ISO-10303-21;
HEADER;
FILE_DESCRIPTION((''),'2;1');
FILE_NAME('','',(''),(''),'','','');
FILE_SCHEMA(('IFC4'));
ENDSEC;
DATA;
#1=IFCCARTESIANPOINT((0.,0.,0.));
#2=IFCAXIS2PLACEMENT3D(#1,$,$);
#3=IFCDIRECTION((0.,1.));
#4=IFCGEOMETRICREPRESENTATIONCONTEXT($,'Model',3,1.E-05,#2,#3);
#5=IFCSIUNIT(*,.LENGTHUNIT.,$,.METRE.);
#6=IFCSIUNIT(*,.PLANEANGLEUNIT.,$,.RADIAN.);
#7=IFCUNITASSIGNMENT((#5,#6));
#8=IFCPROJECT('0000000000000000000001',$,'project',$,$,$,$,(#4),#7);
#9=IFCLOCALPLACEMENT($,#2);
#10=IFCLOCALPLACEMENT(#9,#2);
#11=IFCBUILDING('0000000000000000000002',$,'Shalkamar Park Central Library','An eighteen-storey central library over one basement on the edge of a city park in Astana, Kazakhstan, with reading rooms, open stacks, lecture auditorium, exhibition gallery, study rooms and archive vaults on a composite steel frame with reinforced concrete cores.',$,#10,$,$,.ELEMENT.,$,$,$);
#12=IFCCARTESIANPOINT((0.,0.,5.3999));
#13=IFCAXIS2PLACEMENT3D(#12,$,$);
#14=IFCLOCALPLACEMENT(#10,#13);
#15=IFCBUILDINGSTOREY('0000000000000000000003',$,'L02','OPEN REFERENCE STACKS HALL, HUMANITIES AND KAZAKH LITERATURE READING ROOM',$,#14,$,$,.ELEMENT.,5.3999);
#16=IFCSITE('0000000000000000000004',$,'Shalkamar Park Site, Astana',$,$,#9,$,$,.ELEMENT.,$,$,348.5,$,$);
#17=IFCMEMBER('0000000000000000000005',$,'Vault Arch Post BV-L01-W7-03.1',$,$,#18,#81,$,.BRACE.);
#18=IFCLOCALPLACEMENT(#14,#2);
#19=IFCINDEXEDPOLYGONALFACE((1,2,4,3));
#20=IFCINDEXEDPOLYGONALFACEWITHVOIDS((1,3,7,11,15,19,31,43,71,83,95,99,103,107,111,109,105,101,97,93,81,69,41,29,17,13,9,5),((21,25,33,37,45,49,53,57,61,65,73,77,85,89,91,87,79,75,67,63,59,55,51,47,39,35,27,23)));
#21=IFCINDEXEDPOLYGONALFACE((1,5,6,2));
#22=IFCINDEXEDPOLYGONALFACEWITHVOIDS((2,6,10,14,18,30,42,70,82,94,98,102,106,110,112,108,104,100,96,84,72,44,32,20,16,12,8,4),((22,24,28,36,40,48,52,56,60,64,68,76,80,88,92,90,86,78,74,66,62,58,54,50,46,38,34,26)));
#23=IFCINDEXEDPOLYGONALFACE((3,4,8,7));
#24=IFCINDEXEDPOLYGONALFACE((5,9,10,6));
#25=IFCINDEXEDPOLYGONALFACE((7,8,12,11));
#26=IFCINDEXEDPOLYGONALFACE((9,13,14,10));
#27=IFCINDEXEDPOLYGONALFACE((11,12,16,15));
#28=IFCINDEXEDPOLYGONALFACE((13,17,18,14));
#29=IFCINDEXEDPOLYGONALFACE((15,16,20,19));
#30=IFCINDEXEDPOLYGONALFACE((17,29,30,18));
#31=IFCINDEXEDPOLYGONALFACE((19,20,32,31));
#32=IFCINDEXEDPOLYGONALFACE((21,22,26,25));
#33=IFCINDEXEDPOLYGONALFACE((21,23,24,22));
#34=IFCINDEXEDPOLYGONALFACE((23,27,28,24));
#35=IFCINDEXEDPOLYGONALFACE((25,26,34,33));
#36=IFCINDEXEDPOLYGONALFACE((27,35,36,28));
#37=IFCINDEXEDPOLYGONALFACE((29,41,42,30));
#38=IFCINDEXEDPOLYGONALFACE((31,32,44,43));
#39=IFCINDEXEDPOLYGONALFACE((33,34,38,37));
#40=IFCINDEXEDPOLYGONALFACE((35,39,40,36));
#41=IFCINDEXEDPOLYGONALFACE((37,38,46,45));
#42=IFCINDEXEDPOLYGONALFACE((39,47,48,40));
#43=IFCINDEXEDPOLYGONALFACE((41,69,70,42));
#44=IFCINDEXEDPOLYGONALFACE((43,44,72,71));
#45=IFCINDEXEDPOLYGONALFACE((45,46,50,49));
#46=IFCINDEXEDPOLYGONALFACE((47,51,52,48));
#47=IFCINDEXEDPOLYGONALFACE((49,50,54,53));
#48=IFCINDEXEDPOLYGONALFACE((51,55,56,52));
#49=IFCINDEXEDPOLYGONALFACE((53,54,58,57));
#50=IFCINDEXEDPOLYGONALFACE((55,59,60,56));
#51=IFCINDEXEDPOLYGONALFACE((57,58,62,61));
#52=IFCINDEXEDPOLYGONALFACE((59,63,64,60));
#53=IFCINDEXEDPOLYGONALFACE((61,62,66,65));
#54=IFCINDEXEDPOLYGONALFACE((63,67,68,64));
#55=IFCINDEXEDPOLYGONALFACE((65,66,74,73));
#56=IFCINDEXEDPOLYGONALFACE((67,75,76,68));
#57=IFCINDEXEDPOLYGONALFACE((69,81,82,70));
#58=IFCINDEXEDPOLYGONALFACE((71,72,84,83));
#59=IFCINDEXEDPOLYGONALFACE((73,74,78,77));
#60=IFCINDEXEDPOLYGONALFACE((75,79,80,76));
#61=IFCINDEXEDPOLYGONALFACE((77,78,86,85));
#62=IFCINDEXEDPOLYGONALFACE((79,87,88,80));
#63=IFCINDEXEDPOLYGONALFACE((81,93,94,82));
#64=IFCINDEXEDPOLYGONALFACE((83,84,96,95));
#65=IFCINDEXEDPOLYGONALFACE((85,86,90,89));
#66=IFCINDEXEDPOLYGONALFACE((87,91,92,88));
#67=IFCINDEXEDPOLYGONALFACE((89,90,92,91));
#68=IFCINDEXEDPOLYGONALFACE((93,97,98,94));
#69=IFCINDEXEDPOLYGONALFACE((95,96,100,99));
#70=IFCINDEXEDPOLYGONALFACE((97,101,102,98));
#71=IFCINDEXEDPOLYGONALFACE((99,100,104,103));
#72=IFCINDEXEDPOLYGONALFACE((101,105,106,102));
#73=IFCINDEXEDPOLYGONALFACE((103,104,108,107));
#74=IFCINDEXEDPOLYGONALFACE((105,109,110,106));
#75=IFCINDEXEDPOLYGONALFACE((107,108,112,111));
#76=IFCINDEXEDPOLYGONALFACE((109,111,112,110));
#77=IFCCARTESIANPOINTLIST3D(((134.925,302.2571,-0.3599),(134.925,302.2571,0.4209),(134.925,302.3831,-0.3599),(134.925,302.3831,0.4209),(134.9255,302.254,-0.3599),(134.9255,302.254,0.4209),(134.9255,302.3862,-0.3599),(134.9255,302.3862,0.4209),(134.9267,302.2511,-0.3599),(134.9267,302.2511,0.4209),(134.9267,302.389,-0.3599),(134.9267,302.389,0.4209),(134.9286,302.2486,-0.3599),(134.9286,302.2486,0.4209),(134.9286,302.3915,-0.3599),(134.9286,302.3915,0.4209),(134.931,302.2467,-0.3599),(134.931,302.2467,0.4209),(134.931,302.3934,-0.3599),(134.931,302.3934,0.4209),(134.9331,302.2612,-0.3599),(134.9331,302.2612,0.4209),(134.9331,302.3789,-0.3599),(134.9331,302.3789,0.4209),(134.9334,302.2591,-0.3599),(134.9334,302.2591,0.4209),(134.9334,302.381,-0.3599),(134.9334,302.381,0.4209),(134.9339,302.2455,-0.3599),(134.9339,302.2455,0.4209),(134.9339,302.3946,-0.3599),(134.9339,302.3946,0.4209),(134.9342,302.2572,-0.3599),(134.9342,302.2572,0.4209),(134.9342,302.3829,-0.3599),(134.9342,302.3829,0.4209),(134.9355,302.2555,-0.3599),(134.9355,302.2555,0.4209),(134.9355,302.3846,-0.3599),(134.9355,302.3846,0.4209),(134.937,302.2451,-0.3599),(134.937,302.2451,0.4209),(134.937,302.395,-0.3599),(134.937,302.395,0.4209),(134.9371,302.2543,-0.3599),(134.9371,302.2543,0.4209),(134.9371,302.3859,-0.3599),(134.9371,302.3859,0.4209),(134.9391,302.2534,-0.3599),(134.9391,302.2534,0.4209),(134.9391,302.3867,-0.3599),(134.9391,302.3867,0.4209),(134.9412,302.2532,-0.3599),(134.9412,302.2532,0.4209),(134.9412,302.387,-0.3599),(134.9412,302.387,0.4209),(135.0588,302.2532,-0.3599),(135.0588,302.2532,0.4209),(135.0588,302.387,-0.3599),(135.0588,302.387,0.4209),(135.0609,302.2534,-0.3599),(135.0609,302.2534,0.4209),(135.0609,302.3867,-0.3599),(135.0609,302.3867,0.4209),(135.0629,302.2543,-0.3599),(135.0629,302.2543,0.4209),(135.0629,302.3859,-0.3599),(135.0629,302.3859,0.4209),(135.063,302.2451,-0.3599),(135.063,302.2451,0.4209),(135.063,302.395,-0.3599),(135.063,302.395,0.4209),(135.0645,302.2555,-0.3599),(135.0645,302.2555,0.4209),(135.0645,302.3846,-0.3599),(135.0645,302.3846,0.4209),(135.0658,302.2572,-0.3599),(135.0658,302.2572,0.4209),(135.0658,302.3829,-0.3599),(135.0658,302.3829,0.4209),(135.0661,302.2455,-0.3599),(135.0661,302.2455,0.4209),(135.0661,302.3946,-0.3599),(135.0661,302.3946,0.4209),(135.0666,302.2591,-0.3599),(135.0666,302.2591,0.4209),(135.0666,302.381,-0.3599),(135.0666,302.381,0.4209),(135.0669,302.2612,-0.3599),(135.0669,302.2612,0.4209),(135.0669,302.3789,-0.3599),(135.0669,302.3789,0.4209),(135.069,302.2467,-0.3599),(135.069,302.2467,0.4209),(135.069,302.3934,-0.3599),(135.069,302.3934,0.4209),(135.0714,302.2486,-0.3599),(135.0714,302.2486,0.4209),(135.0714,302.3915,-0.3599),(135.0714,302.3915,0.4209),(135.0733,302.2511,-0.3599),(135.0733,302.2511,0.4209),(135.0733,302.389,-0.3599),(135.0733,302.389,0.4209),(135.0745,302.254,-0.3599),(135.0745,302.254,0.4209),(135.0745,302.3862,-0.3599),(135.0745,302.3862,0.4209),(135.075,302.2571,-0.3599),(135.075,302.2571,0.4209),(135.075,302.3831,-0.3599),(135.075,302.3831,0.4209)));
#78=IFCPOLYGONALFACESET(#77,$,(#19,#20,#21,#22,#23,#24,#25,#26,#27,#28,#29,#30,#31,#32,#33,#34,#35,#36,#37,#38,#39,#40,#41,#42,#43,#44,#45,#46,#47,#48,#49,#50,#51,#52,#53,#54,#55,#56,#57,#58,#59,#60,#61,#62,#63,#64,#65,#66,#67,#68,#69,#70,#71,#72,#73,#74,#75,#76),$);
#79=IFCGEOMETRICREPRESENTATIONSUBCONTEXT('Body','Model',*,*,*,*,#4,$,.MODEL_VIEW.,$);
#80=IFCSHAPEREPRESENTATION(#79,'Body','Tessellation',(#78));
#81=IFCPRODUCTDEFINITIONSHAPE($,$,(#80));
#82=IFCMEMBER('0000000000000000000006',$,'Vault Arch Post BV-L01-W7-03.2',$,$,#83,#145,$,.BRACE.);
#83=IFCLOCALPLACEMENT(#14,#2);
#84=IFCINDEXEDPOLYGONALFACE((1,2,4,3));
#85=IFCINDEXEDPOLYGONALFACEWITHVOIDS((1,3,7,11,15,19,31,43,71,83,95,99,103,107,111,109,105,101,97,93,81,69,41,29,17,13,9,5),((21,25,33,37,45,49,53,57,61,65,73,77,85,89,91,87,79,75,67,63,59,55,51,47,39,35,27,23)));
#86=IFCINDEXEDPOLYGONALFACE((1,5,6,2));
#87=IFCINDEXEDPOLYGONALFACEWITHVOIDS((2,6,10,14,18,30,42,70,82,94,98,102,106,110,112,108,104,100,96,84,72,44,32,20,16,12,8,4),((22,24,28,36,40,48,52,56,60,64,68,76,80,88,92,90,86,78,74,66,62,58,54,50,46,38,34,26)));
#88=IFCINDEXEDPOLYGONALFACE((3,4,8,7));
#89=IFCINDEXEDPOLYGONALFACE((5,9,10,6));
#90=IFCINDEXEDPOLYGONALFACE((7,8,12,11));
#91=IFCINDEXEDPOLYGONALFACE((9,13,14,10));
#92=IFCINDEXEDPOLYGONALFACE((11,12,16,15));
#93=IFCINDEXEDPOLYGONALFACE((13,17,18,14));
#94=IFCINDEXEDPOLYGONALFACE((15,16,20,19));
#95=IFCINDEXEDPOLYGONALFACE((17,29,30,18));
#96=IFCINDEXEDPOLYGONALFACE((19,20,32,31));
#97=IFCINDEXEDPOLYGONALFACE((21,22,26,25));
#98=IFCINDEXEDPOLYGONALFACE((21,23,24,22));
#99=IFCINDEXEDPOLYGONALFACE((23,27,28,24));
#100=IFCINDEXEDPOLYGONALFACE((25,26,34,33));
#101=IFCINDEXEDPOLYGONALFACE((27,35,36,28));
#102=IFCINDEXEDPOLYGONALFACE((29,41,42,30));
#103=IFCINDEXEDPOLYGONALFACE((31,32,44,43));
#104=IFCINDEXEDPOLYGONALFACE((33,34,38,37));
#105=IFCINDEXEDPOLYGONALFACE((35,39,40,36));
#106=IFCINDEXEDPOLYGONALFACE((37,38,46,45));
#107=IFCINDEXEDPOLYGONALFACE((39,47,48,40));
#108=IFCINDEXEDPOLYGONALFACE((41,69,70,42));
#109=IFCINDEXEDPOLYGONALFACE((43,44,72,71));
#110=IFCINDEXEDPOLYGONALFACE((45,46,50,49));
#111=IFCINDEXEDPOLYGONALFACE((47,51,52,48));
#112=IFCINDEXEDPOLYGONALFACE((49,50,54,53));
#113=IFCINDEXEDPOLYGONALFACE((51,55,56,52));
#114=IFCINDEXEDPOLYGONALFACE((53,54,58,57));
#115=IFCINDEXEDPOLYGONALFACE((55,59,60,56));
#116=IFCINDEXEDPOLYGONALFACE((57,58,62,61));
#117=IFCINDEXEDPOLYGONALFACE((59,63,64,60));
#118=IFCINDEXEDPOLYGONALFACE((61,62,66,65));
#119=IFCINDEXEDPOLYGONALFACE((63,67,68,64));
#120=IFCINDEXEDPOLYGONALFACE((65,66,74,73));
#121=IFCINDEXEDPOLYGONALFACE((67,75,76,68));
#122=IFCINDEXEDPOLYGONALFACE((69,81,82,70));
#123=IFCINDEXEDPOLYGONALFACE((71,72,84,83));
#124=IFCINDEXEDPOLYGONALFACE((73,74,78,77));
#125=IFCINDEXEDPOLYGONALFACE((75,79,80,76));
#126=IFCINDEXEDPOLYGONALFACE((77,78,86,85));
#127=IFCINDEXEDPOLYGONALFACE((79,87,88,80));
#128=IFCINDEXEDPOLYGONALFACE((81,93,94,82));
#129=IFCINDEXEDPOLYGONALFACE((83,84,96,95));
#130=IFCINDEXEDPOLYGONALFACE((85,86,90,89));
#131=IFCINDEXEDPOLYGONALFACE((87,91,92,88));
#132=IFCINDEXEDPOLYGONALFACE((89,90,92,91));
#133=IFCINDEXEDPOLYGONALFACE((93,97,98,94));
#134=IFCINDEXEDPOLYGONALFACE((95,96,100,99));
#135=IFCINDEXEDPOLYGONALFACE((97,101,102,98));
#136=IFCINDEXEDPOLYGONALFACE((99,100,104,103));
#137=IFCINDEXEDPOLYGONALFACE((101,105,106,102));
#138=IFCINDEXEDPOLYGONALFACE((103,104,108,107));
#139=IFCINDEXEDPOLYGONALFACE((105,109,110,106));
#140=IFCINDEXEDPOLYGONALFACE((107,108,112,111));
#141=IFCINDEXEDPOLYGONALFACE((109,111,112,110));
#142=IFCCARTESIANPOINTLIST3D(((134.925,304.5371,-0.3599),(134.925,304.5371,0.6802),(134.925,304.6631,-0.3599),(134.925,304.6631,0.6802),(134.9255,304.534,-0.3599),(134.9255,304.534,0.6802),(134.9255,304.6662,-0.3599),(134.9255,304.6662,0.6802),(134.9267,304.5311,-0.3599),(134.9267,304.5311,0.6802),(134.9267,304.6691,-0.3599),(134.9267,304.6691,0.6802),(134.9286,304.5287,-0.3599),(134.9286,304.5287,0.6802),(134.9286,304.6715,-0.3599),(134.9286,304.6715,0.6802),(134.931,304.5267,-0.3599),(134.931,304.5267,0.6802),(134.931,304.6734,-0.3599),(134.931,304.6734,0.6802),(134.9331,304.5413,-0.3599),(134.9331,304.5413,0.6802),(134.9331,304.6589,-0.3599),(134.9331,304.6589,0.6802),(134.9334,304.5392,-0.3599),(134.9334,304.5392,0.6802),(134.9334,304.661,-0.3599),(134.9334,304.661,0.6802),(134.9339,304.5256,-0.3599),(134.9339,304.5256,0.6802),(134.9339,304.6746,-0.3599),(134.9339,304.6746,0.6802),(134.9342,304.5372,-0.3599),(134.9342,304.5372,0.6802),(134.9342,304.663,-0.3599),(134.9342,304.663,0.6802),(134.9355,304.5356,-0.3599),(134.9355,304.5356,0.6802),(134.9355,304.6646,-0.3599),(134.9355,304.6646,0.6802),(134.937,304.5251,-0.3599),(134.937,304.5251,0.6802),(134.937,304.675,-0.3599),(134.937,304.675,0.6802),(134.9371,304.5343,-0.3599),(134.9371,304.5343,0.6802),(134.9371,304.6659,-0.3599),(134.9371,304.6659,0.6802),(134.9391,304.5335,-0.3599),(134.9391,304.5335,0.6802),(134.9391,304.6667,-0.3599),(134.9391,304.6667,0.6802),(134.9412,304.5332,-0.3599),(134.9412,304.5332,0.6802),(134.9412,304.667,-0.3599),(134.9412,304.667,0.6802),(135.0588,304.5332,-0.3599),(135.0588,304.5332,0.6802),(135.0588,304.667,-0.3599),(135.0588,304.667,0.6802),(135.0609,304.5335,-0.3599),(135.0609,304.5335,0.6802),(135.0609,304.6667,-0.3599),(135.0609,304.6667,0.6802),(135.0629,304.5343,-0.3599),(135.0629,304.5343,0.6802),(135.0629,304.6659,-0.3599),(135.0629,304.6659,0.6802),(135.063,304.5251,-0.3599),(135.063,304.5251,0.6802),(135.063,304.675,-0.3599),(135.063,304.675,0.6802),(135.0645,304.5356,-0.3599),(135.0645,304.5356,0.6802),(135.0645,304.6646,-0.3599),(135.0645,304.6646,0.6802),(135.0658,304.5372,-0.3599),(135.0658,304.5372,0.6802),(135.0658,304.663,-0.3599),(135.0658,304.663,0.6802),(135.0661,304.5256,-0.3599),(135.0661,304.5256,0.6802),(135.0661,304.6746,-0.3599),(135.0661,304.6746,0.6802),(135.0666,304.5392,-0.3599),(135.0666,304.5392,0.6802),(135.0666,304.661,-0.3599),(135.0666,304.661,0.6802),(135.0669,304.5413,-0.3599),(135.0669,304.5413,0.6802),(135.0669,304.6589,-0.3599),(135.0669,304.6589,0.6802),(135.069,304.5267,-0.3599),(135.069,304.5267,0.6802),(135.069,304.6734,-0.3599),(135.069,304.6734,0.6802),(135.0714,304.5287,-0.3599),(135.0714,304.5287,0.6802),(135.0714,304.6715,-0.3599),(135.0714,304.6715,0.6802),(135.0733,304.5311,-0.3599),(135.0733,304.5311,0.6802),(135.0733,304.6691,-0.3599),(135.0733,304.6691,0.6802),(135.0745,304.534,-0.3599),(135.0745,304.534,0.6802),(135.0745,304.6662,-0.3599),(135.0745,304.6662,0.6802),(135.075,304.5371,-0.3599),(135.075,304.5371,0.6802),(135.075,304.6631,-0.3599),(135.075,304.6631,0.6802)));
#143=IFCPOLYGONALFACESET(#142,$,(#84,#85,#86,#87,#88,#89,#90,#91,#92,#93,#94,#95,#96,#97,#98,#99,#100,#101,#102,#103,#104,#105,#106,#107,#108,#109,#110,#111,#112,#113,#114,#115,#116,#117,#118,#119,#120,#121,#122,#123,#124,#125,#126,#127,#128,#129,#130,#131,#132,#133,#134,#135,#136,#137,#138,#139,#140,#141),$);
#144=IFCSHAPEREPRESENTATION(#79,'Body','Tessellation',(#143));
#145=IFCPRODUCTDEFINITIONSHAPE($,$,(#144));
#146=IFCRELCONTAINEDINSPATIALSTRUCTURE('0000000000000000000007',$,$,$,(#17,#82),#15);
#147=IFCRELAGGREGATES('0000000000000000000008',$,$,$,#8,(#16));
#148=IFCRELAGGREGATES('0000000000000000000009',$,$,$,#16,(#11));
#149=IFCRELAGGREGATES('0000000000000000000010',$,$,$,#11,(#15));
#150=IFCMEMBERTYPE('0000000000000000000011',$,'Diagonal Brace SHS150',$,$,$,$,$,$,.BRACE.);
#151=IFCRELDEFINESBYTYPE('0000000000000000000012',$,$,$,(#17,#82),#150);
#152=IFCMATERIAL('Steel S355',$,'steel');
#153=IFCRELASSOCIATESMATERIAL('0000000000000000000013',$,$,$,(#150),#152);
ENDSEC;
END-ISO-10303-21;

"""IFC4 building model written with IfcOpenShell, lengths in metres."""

from ifc_helpers import new_model, si_unit, direction, frame, origin, origin_2d, place, context, subcontext, project, spatial, hollow_rectangle, extrude, material, material_profile, profile_set, type_object, element, save


model = new_model("IFC4")

# Units and contexts
model_context = context("Model", 3, precision=1e-05, world=origin(), true_north=direction((0.0, 1.0)))
body_context = subcontext(model_context, "Body", "Model", "MODEL_VIEW")
ifc_project = project(units=[si_unit("LENGTHUNIT", "METRE"), si_unit("PLANEANGLEUNIT", "RADIAN")], contexts=[model_context])

# Site, building, storey
site_placement = place(None, origin())
site = spatial("IfcSite", under=ifc_project, at=site_placement, Name="Shalkamar Park Site, Astana", CompositionType="ELEMENT", RefElevation=348.5)
building_placement = place(site_placement, origin())
building = spatial("IfcBuilding", under=site, at=building_placement, Name="Shalkamar Park Central Library", Description="An eighteen-storey central library over one basement on the edge of a city park in Astana, Kazakhstan, with reading rooms, open stacks, lecture auditorium, exhibition gallery, study rooms and archive vaults on a composite steel frame with reinforced concrete cores.", CompositionType="ELEMENT")
storey_placement = place(building_placement, frame((0.0, 0.0, 5.3999)))
storey = spatial("IfcBuildingStorey", under=building, at=storey_placement, Name="L02", Description="OPEN REFERENCE STACKS HALL, HUMANITIES AND KAZAKH LITERATURE READING ROOM", CompositionType="ELEMENT", Elevation=5.3999)

# Shared definitions
ifc_material_1 = material(Name="Steel S355", Category="steel")

# Members
ifc_material_profile_1 = material_profile(ifc_material_1, hollow_rectangle(XDim=0.1499, YDim=0.1499, WallThickness=0.0081, InnerFilletRadius=0.0081, OuterFilletRadius=0.012, at=origin_2d()), Name="SHS 150x150x8")
ifc_profile_set_1 = profile_set([ifc_material_profile_1], Name="Steel S355")
member_type_1 = type_object("IfcMemberType", Name="Diagonal Brace SHS150", PredefinedType="BRACE", material=ifc_profile_set_1)
for number, where, z_axis, x_axis, name in (
    (1, (135.0, 302.3201, -0.3599), (0.0, 0.0, 1.0), (1.0, 0.0, 0.0), "Vault Arch Post BV-L01-W7-03.1"),
):
    element("IfcMember", number, at=place(storey_placement, frame(where, z_axis=z_axis, x_axis=x_axis)), inside=storey, type_object=member_type_1, Name=name, PredefinedType="BRACE", context=body_context, shape_type="SweptSolid", body=[
        extrude(hollow_rectangle(XDim=0.1499, YDim=0.1499, WallThickness=0.0081, InnerFilletRadius=0.0081, OuterFilletRadius=0.012, at=origin_2d()), origin(), (0.0, 0.0, 1.0), 0.7808),
    ])
member_1_placement = place(storey_placement, frame((135.0, 304.6001, -0.3599), z_axis=(0.0, 0.0, 1.0), x_axis=(1.0, 0.0, 0.0)))
element("IfcMember", 2, at=member_1_placement, inside=storey, type_object=member_type_1, Name="Vault Arch Post BV-L01-W7-03.2", PredefinedType="BRACE", context=body_context, shape_type="SweptSolid", body=[
    extrude(hollow_rectangle(XDim=0.1499, YDim=0.1499, WallThickness=0.0081, InnerFilletRadius=0.0081, OuterFilletRadius=0.012, at=origin_2d()), origin(), (0.0, 0.0, 1.0), 1.04),
])

save(model, "model.ifc")
